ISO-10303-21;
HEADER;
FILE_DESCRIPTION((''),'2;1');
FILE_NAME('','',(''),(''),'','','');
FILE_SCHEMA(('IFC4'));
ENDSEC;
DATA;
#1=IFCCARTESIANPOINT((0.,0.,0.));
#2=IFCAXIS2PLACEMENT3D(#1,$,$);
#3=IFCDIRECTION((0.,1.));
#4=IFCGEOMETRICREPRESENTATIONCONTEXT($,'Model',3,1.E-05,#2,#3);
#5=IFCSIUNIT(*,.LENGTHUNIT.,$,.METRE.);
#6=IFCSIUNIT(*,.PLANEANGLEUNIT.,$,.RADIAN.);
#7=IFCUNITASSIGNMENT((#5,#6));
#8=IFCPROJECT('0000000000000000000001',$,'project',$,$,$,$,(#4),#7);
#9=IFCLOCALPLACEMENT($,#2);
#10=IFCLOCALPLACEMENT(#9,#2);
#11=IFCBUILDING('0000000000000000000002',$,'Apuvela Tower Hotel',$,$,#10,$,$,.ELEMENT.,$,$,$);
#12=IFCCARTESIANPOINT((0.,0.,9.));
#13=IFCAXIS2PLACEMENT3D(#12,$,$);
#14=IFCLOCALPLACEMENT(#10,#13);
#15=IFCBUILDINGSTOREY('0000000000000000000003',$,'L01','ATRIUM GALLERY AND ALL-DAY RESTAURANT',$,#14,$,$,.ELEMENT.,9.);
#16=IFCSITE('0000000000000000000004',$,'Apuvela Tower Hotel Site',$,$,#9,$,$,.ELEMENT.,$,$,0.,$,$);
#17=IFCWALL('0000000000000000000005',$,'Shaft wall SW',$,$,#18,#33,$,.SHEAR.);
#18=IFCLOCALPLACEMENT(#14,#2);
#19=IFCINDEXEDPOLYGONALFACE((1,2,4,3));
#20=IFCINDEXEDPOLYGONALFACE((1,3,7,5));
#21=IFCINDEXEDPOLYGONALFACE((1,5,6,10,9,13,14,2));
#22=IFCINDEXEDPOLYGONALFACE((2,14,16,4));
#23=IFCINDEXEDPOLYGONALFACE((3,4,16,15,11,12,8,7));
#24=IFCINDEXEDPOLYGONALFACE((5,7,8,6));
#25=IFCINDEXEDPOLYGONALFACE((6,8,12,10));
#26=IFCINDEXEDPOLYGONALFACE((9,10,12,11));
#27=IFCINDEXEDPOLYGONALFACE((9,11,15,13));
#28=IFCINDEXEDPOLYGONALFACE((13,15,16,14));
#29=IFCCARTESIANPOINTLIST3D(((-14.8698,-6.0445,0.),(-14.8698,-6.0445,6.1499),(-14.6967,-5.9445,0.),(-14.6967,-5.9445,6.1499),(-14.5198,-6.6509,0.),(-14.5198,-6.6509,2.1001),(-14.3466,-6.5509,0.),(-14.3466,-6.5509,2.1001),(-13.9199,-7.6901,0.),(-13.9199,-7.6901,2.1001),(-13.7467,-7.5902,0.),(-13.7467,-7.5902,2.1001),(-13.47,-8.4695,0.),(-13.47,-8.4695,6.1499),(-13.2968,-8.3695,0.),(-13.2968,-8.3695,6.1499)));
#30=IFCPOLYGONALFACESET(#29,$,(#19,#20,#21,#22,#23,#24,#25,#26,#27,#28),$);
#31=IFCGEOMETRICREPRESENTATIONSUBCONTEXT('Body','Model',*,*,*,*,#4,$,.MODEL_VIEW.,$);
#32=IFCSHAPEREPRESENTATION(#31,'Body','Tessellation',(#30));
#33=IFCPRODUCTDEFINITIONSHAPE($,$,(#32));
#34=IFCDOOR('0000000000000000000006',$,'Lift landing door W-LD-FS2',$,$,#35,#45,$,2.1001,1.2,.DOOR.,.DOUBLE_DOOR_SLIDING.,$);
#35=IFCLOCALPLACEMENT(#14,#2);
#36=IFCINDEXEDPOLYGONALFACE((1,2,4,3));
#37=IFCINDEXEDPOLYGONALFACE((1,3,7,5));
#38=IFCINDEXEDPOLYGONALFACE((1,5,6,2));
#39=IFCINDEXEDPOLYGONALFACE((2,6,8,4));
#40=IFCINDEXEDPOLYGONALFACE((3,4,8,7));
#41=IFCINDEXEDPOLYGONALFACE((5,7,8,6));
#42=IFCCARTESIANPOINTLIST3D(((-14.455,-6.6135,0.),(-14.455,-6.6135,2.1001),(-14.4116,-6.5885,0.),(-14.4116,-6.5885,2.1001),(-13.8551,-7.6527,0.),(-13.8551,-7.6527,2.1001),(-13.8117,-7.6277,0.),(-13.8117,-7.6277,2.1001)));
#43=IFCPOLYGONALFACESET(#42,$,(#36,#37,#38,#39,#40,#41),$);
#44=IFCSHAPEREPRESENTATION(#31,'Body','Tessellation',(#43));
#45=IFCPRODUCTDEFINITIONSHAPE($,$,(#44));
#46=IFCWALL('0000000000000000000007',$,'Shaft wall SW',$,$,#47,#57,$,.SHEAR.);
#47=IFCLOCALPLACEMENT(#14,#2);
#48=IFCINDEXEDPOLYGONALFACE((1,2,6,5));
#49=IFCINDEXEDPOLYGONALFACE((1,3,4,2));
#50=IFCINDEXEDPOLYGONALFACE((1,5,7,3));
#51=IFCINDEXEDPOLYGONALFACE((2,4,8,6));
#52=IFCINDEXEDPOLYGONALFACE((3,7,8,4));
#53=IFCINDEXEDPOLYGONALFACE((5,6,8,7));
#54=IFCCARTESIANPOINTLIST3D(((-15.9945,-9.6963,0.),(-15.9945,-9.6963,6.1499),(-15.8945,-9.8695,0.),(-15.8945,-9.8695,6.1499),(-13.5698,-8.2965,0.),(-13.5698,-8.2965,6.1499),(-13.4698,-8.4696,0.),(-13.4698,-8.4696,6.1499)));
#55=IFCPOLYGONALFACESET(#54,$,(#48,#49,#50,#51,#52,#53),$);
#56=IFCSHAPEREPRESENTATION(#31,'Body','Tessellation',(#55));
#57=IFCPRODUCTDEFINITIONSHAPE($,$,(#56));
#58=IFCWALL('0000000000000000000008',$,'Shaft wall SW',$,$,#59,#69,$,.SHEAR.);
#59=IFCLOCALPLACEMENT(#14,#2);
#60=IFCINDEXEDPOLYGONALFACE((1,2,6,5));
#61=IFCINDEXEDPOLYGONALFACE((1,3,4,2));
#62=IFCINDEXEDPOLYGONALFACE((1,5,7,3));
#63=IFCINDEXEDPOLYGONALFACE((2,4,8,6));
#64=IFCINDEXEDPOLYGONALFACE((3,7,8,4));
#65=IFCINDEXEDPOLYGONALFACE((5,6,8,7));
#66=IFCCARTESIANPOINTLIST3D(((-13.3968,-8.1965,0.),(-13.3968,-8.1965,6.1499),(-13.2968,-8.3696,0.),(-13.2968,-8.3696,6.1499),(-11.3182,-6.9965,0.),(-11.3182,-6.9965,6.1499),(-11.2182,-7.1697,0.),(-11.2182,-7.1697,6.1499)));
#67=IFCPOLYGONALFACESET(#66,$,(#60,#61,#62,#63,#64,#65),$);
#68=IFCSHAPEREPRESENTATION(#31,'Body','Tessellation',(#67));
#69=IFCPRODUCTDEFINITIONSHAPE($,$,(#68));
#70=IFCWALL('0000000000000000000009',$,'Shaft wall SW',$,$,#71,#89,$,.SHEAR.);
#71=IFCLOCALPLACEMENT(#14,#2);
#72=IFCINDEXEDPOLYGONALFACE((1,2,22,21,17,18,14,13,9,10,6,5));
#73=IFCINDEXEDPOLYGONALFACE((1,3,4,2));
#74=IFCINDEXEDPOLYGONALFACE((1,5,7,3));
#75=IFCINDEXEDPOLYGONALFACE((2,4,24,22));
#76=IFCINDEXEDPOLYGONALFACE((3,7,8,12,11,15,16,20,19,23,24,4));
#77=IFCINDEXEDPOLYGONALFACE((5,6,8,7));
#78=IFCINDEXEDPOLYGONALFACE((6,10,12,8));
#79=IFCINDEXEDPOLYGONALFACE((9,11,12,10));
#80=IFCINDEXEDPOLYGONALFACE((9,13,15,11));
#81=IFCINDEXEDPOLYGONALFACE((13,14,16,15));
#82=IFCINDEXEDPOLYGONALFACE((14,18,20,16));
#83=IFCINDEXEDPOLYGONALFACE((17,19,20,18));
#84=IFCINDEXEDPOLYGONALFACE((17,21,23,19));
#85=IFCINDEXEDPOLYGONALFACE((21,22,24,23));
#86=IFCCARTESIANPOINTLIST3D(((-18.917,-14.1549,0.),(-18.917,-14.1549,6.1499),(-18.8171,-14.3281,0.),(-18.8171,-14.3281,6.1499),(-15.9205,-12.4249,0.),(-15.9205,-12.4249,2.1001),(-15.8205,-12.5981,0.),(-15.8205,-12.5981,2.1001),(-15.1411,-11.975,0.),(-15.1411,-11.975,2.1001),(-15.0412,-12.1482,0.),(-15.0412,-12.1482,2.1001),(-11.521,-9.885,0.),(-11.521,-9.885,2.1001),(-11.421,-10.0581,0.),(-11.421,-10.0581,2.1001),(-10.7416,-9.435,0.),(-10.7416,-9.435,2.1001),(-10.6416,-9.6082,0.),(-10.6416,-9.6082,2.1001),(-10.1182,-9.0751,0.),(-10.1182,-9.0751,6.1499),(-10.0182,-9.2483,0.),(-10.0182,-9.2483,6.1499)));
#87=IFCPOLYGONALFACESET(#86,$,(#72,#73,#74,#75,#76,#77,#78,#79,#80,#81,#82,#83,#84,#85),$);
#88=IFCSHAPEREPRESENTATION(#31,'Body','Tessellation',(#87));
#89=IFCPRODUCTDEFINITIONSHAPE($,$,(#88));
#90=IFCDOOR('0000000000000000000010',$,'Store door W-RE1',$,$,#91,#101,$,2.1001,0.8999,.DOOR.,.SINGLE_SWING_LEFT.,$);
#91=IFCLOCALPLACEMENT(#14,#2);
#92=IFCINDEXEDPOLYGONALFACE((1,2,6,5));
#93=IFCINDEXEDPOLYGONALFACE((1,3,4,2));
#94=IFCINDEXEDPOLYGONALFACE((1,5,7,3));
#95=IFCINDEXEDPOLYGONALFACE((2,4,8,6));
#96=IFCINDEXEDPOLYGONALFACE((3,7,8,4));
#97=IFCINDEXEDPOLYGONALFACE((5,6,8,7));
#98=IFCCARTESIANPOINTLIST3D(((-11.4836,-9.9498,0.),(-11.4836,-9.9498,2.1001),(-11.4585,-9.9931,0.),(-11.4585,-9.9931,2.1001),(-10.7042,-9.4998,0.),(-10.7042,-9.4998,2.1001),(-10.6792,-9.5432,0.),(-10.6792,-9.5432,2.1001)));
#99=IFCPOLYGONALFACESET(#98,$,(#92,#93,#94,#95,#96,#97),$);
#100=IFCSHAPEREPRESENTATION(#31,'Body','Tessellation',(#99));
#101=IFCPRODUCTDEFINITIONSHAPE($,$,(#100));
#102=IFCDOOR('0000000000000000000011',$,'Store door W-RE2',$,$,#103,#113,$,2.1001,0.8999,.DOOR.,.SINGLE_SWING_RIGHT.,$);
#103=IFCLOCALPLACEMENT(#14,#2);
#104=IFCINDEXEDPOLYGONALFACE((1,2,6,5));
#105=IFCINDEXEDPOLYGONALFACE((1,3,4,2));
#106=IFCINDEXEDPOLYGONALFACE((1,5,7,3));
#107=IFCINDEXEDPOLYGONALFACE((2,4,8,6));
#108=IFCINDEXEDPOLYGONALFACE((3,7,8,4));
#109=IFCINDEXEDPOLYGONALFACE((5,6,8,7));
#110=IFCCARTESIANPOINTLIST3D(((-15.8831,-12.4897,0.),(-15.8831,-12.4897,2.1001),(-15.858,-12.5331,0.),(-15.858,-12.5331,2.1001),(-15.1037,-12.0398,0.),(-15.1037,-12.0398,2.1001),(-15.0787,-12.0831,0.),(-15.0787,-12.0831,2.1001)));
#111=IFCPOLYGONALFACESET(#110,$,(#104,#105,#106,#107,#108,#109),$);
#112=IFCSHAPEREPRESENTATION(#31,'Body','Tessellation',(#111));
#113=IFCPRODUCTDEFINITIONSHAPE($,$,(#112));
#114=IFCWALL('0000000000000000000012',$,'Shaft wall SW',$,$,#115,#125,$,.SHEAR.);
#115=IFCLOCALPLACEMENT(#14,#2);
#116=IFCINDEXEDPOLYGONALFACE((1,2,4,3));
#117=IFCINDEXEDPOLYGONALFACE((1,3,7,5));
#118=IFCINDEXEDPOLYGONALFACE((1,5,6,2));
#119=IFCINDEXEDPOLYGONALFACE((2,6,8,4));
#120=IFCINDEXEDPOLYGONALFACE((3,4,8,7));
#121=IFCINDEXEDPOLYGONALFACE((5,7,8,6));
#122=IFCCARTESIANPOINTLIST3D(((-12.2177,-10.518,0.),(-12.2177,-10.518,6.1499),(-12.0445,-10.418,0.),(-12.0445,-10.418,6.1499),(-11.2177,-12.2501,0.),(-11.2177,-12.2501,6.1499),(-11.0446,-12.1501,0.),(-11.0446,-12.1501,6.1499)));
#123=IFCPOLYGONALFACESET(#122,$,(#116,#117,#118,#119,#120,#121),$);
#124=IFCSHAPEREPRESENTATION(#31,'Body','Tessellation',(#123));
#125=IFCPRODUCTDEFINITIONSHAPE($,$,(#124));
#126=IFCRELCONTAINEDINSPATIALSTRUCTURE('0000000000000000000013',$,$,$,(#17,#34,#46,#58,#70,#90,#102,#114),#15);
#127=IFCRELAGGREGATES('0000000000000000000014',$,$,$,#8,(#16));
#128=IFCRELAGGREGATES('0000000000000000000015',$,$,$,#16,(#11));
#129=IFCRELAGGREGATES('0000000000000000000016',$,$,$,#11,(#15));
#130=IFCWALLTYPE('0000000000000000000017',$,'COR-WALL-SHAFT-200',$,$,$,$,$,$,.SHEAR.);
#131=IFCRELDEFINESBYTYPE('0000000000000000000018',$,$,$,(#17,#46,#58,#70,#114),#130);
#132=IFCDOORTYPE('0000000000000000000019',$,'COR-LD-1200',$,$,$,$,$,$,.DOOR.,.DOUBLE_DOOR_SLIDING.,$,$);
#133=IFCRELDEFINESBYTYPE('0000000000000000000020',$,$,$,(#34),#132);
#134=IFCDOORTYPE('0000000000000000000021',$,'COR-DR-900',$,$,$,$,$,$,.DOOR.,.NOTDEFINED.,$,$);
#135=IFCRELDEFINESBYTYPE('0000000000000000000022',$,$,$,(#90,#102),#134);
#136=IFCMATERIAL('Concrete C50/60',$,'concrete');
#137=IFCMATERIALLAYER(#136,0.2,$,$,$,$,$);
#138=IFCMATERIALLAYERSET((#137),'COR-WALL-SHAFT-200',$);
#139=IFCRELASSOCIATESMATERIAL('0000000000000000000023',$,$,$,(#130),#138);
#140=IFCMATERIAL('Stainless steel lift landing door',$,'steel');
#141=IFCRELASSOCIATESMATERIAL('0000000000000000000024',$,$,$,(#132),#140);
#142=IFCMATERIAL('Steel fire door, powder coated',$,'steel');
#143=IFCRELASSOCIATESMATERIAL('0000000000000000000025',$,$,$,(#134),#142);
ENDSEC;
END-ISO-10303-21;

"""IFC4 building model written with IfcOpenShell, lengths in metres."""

from ifc_helpers import new_model, si_unit, direction, frame, frame_2d, origin, place, context, subcontext, project, spatial, rectangle, extrude, material, layer, layer_set, type_object, element, fill, save


model = new_model("IFC4")

# Units and contexts
model_context = context("Model", 3, precision=1e-05, world=origin(), true_north=direction((0.0, 1.0)))
body_context = subcontext(model_context, "Body", "Model", "MODEL_VIEW")
ifc_project = project(units=[si_unit("LENGTHUNIT", "METRE"), si_unit("PLANEANGLEUNIT", "RADIAN")], contexts=[model_context])

# Site, building, storey
site_placement = place(None, origin())
site = spatial("IfcSite", under=ifc_project, at=site_placement, Name="Apuvela Tower Hotel Site", CompositionType="ELEMENT", RefElevation=0.0)
building_placement = place(site_placement, origin())
building = spatial("IfcBuilding", under=site, at=building_placement, Name="Apuvela Tower Hotel", CompositionType="ELEMENT")
storey_placement = place(building_placement, frame((0.0, 0.0, 9.0)))
storey = spatial("IfcBuildingStorey", under=building, at=storey_placement, Name="L01", Description="ATRIUM GALLERY AND ALL-DAY RESTAURANT", CompositionType="ELEMENT", Elevation=9.0)

# Shared definitions
ifc_material_1 = material(Name="Concrete C50/60", Category="concrete")

# Wall, opening, door
ifc_layer_1 = layer(ifc_material_1, 0.2)
ifc_layer_set_1 = layer_set([ifc_layer_1], Name="COR-WALL-SHAFT-200")
wall_type_1 = type_object("IfcWallType", Name="COR-WALL-SHAFT-200", PredefinedType="SHEAR", material=ifc_layer_set_1)
wall_1_placement = place(storey_placement, frame((-14.7832, -5.9946, 0.0), z_axis=(0.0, 0.0, 1.0), x_axis=(0.499946, -0.866056, 0.0)))
wall_1 = element("IfcWall", 1, at=wall_1_placement, inside=storey, type_object=wall_type_1, Name="Shaft wall SW", PredefinedType="SHEAR", context=body_context, shape_type="SweptSolid", body=[
    extrude(rectangle(XDim=2.8, YDim=0.2, at=frame_2d((1.3999, 0.0))), origin(), (0.0, 0.0, 1.0), 6.1499),
])
opening_1_placement = place(wall_1_placement, frame((0.7, 0.0, 0.0)))
opening_1 = element("IfcOpeningElement", 2, at=opening_1_placement, cuts=wall_1, PredefinedType="OPENING", context=body_context, shape_type="SweptSolid", body=[
    extrude(rectangle(XDim=1.2, YDim=2.1001, at=frame_2d((0.6001, 1.05))), frame((0.0, 0.1099, 0.0), z_axis=(0.0, -1.0, 0.0), x_axis=(1.0, 0.0, 0.0)), (0.0, 0.0, 1.0), 0.22),
])
ifc_material_2 = material(Name="Stainless steel lift landing door", Category="steel")
door_type_1 = type_object("IfcDoorType", Name="COR-LD-1200", OperationType="DOUBLE_DOOR_SLIDING", PredefinedType="DOOR", material=ifc_material_2)
door_1_placement = place(opening_1_placement, origin())
door_1 = element("IfcDoor", 3, at=door_1_placement, inside=storey, type_object=door_type_1, Name="Lift landing door W-LD-FS2", OperationType="DOUBLE_DOOR_SLIDING", OverallHeight=2.1001, OverallWidth=1.2, PredefinedType="DOOR", context=body_context, shape_type="SweptSolid", body=[
    extrude(rectangle(XDim=1.2, YDim=2.1001, at=frame_2d((0.6001, 1.05))), frame((0.0, 0.0249, 0.0), z_axis=(0.0, -1.0, 0.0), x_axis=(1.0, 0.0, 0.0)), (0.0, 0.0, 1.0), 0.05),
])
fill(opening_1, door_1)

# Walls
wall_2_placement = place(storey_placement, frame((-13.5198, -8.3831, 0.0), z_axis=(0.0, 0.0, 1.0), x_axis=(-0.866035, -0.499984, 0.0)))
element("IfcWall", 4, at=wall_2_placement, inside=storey, type_object=wall_type_1, Name="Shaft wall SW", PredefinedType="SHEAR", context=body_context, shape_type="SweptSolid", body=[
    extrude(rectangle(XDim=2.7998, YDim=0.2, at=frame_2d((1.3999, 0.0))), origin(), (0.0, 0.0, 1.0), 6.1499),
])
wall_3_placement = place(storey_placement, frame((-11.2681, -7.083, 0.0), z_axis=(0.0, 0.0, 1.0), x_axis=(-0.86605, -0.499957, 0.0)))
element("IfcWall", 5, at=wall_3_placement, inside=storey, type_object=wall_type_1, Name="Shaft wall SW", PredefinedType="SHEAR", context=body_context, shape_type="SweptSolid", body=[
    extrude(rectangle(XDim=2.4001, YDim=0.2, at=frame_2d((1.2002, 0.0))), origin(), (0.0, 0.0, 1.0), 6.1499),
])

# Wall, openings, doors
wall_4_placement = place(storey_placement, frame((-10.0681, -9.1616, 0.0), z_axis=(0.0, 0.0, 1.0), x_axis=(-0.866033, -0.499987, 0.0)))
wall_4 = element("IfcWall", 6, at=wall_4_placement, inside=storey, type_object=wall_type_1, Name="Shaft wall SW", PredefinedType="SHEAR", context=body_context, shape_type="SweptSolid", body=[
    extrude(rectangle(XDim=10.1599, YDim=0.2, at=frame_2d((5.0801, 0.0))), origin(), (0.0, 0.0, 1.0), 6.1499),
])
opening_2_placement = place(wall_4_placement, frame((0.72, 0.0, 0.0)))
opening_2 = element("IfcOpeningElement", 7, at=opening_2_placement, cuts=wall_4, PredefinedType="OPENING", context=body_context, shape_type="SweptSolid", body=[
    extrude(rectangle(XDim=0.8999, YDim=2.1001, at=frame_2d((0.45, 1.05))), frame((0.0, 0.1099, 0.0), z_axis=(0.0, -1.0, 0.0), x_axis=(1.0, 0.0, 0.0)), (0.0, 0.0, 1.0), 0.22),
])
opening_3_placement = place(wall_4_placement, frame((5.8, 0.0, 0.0)))
opening_3 = element("IfcOpeningElement", 8, at=opening_3_placement, cuts=wall_4, PredefinedType="OPENING", context=body_context, shape_type="SweptSolid", body=[
    extrude(rectangle(XDim=0.8999, YDim=2.1001, at=frame_2d((0.45, 1.05))), frame((0.0, 0.1099, 0.0), z_axis=(0.0, -1.0, 0.0), x_axis=(1.0, 0.0, 0.0)), (0.0, 0.0, 1.0), 0.22),
])
ifc_material_3 = material(Name="Steel fire door, powder coated", Category="steel")
door_type_2 = type_object("IfcDoorType", Name="COR-DR-900", OperationType="NOTDEFINED", PredefinedType="DOOR", material=ifc_material_3)
door_2_placement = place(opening_2_placement, origin())
door_2 = element("IfcDoor", 9, at=door_2_placement, inside=storey, type_object=door_type_2, Name="Store door W-RE1", OperationType="SINGLE_SWING_LEFT", OverallHeight=2.1001, OverallWidth=0.8999, PredefinedType="DOOR", context=body_context, shape_type="SweptSolid", body=[
    extrude(rectangle(XDim=0.8999, YDim=2.1001, at=frame_2d((0.45, 1.05))), frame((0.0, 0.0249, 0.0), z_axis=(0.0, -1.0, 0.0), x_axis=(1.0, 0.0, 0.0)), (0.0, 0.0, 1.0), 0.05),
])
fill(opening_2, door_2)
door_3_placement = place(opening_3_placement, origin())
door_3 = element("IfcDoor", 10, at=door_3_placement, inside=storey, type_object=door_type_2, Name="Store door W-RE2", OperationType="SINGLE_SWING_RIGHT", OverallHeight=2.1001, OverallWidth=0.8999, PredefinedType="DOOR", context=body_context, shape_type="SweptSolid", body=[
    extrude(rectangle(XDim=0.8999, YDim=2.1001, at=frame_2d((0.45, 1.05))), frame((0.0, 0.0249, 0.0), z_axis=(0.0, -1.0, 0.0), x_axis=(1.0, 0.0, 0.0)), (0.0, 0.0, 1.0), 0.05),
])
fill(opening_3, door_3)

# Wall
wall_5_placement = place(storey_placement, frame((-12.1311, -10.468, 0.0), z_axis=(0.0, 0.0, 1.0), x_axis=(0.499973, -0.866041, 0.0)))
element("IfcWall", 11, at=wall_5_placement, inside=storey, type_object=wall_type_1, Name="Shaft wall SW", PredefinedType="SHEAR", context=body_context, shape_type="SweptSolid", body=[
    extrude(rectangle(XDim=2.0, YDim=0.2, at=frame_2d((1.0, 0.0))), origin(), (0.0, 0.0, 1.0), 6.1499),
])

save(model, "model.ifc")
